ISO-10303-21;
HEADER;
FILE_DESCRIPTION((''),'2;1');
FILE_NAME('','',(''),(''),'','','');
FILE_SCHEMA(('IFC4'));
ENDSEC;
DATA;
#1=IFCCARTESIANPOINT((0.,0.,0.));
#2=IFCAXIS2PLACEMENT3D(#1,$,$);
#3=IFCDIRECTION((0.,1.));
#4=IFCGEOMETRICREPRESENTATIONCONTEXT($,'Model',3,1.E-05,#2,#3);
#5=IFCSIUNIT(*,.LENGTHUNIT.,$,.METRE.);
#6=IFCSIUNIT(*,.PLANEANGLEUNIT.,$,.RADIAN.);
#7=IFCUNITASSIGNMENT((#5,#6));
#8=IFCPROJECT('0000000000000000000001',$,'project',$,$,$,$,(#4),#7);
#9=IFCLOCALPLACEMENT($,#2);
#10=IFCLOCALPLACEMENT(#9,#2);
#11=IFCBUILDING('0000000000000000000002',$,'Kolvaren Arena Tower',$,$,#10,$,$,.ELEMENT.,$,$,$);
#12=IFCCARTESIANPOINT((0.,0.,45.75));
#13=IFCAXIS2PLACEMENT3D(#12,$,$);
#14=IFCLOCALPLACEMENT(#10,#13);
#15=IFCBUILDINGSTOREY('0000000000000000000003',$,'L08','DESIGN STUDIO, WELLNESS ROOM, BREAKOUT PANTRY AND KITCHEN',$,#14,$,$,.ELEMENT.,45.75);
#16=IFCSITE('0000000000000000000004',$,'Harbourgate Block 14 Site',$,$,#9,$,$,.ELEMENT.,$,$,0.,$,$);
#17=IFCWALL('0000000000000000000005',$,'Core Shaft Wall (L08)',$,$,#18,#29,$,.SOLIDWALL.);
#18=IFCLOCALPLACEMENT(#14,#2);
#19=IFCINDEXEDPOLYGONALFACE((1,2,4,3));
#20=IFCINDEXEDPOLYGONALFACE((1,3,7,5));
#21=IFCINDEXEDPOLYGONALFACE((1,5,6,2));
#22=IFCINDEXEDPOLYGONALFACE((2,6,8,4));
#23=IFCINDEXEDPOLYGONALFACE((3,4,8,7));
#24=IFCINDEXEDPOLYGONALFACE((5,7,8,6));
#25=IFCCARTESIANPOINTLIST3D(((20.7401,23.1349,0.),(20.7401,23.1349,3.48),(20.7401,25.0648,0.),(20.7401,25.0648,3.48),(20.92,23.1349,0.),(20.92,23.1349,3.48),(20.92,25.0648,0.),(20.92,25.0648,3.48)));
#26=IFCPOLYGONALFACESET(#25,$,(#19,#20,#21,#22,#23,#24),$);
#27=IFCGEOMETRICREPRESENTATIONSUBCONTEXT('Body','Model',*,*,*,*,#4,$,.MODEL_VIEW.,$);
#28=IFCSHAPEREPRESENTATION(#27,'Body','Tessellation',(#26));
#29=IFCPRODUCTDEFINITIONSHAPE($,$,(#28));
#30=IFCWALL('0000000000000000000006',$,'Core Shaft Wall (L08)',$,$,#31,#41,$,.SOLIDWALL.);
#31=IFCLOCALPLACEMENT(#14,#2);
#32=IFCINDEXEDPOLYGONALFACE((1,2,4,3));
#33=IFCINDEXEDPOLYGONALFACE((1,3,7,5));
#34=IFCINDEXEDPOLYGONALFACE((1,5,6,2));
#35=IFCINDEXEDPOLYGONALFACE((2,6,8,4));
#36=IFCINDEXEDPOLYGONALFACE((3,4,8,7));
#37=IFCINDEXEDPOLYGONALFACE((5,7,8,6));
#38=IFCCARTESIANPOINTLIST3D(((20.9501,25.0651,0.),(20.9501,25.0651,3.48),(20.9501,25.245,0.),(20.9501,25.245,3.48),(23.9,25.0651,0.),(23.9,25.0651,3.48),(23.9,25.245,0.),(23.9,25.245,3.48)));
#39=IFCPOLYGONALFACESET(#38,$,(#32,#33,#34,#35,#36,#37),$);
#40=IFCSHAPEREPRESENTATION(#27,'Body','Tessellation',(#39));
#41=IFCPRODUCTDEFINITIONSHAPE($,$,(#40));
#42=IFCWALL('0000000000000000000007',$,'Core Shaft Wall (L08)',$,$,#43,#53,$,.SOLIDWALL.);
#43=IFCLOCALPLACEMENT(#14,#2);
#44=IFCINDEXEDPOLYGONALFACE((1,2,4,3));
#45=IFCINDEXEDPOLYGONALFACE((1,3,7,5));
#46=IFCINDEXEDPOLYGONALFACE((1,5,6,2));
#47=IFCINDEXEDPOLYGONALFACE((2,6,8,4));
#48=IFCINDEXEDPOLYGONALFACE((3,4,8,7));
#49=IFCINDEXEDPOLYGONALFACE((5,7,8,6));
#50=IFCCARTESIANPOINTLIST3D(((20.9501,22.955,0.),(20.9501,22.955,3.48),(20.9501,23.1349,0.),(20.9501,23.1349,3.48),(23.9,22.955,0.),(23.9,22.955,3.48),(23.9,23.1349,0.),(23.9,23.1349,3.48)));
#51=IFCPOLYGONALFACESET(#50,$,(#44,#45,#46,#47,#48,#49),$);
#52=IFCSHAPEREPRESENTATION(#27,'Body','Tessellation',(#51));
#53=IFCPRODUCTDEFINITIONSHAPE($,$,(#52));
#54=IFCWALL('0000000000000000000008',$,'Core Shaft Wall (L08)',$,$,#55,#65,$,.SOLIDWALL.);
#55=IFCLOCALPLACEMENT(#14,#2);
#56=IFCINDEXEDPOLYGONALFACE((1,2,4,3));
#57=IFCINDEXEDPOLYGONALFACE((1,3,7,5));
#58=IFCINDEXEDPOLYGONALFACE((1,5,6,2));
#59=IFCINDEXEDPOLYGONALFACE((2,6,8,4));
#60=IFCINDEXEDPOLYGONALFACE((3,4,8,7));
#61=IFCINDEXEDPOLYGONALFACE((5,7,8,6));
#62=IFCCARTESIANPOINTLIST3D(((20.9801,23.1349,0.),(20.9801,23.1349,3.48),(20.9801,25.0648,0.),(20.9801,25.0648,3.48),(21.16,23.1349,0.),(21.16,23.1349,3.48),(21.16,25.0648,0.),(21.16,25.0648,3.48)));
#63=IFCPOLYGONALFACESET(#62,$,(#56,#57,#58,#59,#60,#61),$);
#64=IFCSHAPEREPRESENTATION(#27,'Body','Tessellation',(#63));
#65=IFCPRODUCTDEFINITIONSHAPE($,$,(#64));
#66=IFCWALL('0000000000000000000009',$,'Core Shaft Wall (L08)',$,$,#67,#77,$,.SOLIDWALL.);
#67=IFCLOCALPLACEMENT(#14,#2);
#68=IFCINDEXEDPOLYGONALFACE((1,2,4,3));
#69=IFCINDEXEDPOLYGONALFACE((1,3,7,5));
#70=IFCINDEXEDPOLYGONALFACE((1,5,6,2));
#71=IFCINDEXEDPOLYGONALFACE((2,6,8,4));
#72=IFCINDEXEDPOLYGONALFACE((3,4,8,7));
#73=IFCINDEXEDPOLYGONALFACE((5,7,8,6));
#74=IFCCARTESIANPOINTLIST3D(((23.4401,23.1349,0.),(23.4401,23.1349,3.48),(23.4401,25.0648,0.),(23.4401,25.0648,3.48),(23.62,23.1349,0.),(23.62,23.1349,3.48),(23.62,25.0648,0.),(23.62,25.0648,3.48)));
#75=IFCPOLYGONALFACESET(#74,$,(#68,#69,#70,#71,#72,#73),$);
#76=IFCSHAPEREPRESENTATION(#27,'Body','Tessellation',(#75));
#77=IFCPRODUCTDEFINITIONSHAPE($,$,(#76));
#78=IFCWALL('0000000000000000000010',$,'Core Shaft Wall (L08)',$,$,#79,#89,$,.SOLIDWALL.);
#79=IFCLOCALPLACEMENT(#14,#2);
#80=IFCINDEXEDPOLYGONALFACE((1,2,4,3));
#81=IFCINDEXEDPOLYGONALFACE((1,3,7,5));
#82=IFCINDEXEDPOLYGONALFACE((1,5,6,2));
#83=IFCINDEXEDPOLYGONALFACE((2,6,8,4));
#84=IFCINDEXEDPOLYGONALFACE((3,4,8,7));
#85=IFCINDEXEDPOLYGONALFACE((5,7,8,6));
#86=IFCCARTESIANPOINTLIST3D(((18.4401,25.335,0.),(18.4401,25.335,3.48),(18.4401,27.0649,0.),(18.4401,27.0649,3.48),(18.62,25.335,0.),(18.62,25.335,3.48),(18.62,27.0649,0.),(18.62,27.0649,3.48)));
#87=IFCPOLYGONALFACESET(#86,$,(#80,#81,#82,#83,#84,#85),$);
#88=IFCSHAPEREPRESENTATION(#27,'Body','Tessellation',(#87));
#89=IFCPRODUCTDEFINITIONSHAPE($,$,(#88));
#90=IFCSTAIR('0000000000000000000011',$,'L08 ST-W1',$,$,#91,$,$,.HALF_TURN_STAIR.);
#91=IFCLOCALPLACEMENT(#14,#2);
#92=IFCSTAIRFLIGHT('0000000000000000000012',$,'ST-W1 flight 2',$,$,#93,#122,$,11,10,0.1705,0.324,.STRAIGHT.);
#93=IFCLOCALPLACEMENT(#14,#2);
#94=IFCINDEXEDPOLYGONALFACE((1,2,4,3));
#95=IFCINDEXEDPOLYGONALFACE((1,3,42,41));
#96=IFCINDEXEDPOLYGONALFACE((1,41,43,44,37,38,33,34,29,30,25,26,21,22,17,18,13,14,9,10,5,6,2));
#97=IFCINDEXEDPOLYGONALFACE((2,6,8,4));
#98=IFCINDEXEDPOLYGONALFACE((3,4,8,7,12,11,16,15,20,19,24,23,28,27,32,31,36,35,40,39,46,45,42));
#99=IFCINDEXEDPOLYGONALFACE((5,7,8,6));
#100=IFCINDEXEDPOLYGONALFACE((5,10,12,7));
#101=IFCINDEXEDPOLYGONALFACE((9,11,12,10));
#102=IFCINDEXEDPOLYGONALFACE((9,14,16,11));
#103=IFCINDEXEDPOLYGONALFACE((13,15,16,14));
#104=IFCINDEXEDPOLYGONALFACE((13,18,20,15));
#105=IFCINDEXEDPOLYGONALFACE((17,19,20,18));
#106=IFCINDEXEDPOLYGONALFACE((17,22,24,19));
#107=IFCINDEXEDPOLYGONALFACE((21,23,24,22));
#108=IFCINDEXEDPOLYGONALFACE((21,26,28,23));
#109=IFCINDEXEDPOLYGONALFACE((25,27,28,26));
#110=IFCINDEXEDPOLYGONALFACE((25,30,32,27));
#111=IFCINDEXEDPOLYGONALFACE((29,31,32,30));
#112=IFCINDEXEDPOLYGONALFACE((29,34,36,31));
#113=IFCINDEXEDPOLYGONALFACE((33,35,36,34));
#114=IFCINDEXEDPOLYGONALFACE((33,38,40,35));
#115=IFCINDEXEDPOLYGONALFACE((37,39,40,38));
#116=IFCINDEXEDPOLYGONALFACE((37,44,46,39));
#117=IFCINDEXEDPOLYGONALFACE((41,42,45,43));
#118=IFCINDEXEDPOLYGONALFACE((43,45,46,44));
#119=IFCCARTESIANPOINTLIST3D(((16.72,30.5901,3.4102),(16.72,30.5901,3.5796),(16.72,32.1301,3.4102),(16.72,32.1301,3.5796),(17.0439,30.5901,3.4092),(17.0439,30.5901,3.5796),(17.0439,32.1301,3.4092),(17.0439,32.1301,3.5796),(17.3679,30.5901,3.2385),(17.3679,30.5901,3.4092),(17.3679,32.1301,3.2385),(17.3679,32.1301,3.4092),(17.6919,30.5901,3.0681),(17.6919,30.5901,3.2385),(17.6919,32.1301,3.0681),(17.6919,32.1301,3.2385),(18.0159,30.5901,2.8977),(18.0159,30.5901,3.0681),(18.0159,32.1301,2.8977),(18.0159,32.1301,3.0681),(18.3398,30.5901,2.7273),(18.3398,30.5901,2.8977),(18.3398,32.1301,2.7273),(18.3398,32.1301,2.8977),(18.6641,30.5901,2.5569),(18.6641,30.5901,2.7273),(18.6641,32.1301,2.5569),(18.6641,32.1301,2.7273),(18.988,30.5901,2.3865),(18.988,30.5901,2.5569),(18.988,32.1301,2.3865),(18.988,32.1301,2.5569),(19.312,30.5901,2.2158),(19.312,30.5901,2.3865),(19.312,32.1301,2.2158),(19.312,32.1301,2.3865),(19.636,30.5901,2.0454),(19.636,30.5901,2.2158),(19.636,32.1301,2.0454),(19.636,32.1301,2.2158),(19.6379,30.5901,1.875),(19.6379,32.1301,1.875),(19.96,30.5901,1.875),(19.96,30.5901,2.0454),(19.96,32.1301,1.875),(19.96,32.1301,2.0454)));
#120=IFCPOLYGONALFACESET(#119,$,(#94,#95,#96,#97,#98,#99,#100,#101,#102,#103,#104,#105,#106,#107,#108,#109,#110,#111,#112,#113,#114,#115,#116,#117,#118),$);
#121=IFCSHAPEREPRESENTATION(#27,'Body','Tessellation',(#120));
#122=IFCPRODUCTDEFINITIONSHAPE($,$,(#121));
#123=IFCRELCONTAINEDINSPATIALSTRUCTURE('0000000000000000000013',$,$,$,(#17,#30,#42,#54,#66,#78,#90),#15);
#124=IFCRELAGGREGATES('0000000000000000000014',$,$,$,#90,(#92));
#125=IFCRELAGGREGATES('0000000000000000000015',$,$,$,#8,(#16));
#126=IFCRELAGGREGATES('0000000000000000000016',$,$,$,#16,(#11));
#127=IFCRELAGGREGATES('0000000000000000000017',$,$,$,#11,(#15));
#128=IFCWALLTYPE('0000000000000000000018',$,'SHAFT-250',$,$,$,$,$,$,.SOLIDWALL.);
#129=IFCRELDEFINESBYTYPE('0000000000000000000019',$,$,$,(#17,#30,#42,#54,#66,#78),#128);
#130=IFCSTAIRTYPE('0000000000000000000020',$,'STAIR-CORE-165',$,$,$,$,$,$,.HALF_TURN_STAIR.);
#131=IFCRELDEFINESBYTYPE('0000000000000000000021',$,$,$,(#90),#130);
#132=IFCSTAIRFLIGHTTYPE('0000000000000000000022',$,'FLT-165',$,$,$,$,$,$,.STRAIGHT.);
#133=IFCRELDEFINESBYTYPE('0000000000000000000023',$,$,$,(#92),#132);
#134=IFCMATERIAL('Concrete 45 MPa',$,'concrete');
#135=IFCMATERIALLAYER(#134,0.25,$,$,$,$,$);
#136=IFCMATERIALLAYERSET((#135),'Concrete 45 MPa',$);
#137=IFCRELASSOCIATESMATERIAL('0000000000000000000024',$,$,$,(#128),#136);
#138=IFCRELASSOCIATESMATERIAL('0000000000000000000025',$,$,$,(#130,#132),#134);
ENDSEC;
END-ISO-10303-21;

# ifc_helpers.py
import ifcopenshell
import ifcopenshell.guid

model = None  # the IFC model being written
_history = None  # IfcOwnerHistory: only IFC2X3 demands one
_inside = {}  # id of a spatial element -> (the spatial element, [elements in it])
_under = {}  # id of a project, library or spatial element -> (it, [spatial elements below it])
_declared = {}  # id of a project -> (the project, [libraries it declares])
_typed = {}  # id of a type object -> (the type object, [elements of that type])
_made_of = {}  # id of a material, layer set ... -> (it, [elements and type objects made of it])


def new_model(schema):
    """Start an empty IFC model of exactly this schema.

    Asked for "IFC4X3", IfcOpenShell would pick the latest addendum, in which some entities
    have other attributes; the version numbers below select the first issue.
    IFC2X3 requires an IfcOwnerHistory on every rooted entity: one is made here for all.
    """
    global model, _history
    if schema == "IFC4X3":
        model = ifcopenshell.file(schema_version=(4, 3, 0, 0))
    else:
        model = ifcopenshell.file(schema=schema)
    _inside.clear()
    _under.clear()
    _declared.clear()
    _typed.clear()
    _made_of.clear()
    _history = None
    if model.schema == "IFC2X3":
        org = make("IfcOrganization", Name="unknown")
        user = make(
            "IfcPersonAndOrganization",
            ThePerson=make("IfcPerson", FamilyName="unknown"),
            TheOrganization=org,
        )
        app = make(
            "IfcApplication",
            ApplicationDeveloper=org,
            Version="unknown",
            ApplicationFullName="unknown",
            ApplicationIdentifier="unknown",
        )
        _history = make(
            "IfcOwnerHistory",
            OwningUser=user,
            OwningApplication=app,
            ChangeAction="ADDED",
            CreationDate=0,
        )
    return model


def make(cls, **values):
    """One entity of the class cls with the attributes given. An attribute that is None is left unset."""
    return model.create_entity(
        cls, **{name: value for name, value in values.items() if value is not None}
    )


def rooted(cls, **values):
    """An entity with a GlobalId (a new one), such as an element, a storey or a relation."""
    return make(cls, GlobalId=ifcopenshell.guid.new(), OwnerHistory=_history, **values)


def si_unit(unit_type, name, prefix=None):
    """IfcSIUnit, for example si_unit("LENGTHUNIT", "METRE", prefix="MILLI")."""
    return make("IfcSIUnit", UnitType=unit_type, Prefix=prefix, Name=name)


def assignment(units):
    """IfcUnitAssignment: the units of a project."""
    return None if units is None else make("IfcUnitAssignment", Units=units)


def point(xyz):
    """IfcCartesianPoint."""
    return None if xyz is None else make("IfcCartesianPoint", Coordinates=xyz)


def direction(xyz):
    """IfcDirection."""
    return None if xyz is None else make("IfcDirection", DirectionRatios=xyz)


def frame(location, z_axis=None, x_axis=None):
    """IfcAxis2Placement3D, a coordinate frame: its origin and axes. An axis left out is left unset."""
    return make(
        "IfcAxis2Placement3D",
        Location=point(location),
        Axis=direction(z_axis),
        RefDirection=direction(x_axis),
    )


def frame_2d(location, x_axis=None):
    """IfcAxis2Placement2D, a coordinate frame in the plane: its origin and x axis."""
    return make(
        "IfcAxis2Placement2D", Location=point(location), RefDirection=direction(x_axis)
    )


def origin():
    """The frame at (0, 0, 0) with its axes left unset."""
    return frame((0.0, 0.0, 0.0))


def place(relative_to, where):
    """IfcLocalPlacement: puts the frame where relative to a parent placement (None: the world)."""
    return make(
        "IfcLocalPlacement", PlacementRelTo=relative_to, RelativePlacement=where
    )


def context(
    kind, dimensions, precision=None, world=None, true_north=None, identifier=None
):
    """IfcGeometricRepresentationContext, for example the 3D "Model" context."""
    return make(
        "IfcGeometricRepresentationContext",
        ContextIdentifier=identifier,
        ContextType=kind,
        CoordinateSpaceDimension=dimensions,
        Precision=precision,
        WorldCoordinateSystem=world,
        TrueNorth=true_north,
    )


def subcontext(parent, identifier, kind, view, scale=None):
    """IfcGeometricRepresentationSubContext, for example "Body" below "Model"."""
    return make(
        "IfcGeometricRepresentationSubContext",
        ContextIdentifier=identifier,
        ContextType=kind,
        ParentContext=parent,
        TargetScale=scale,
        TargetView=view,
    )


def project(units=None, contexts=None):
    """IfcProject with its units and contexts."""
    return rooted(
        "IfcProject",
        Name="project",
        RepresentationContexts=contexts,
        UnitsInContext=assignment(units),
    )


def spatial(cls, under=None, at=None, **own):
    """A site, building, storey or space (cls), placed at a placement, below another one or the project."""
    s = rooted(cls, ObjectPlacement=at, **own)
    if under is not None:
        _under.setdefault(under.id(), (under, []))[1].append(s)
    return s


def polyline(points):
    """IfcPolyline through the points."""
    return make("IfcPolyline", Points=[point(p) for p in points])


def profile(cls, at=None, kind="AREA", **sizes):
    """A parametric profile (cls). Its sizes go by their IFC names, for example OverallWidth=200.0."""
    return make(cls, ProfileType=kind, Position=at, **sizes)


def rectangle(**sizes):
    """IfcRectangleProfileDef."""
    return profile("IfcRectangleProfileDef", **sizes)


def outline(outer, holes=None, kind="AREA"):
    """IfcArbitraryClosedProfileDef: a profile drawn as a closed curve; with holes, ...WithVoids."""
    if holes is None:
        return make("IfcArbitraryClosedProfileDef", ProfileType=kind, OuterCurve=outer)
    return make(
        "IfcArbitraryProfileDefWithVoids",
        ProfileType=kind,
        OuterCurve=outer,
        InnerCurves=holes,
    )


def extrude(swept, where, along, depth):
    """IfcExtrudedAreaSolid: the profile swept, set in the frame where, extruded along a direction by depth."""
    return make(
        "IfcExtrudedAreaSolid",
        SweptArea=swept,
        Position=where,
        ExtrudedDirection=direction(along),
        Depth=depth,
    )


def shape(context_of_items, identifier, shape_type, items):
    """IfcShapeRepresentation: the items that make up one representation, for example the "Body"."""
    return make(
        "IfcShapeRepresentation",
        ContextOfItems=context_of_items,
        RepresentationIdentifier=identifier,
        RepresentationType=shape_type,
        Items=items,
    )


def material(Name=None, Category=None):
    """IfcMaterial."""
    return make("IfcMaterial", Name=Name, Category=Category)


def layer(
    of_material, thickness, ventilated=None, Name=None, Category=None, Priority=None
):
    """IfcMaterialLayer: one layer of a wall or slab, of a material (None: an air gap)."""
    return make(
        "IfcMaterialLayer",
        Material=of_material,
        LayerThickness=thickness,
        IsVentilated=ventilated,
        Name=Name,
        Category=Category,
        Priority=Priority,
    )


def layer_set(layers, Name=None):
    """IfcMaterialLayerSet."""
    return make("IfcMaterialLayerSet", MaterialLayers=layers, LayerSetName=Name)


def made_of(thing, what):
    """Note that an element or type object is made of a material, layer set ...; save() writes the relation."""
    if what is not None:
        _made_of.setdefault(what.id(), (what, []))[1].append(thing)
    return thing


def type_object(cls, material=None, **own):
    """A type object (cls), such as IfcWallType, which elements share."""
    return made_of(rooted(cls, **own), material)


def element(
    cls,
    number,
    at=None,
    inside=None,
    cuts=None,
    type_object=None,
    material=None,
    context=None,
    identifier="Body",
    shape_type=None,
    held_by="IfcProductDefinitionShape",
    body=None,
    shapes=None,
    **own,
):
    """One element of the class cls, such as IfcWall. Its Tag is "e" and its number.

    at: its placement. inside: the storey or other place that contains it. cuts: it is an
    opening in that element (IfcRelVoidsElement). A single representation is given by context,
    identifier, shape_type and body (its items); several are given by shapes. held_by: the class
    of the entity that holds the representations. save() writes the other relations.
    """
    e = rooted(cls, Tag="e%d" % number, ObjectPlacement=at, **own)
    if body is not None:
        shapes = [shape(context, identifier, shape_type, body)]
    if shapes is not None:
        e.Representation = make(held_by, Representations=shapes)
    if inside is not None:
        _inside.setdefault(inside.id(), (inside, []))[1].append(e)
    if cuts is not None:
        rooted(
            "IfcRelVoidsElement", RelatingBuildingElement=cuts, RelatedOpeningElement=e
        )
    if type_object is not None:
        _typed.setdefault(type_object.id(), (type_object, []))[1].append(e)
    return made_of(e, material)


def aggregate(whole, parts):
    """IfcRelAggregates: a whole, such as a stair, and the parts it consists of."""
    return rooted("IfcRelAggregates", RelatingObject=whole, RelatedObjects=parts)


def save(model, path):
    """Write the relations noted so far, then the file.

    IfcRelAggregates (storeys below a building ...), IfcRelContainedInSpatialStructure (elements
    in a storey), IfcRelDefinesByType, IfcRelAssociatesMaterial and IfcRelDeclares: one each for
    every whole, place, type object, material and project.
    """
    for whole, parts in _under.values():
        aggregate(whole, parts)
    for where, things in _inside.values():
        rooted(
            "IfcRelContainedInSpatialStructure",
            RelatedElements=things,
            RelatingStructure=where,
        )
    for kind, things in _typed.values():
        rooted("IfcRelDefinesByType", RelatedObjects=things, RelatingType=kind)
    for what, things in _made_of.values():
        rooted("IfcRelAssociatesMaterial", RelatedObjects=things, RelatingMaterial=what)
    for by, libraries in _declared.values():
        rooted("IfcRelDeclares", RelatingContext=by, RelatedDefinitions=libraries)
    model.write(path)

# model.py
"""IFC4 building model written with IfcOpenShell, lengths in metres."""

from ifc_helpers import new_model, si_unit, direction, frame, frame_2d, origin, place, context, subcontext, project, spatial, polyline, rectangle, outline, extrude, material, layer, layer_set, type_object, element, aggregate, save


model = new_model("IFC4")

# Units and contexts
model_context = context("Model", 3, precision=1e-05, world=origin(), true_north=direction((0.0, 1.0)))
body_context = subcontext(model_context, "Body", "Model", "MODEL_VIEW")
ifc_project = project(units=[si_unit("LENGTHUNIT", "METRE"), si_unit("PLANEANGLEUNIT", "RADIAN")], contexts=[model_context])

# Site, building, storey
site_placement = place(None, origin())
site = spatial("IfcSite", under=ifc_project, at=site_placement, Name="Harbourgate Block 14 Site", CompositionType="ELEMENT", RefElevation=0.0)
building_placement = place(site_placement, origin())
building = spatial("IfcBuilding", under=site, at=building_placement, Name="Kolvaren Arena Tower", CompositionType="ELEMENT")
storey_placement = place(building_placement, frame((0.0, 0.0, 45.75)))
storey = spatial("IfcBuildingStorey", under=building, at=storey_placement, Name="L08", Description="DESIGN STUDIO, WELLNESS ROOM, BREAKOUT PANTRY AND KITCHEN", CompositionType="ELEMENT", Elevation=45.75)

# Shared definitions
ifc_material_1 = material(Name="Concrete 45 MPa", Category="concrete")
ifc_layer = layer(ifc_material_1, 0.25)
ifc_layer_set = layer_set([ifc_layer], Name="Concrete 45 MPa")
wall_type = type_object("IfcWallType", Name="SHAFT-250", PredefinedType="SOLIDWALL", material=ifc_layer_set)

# Walls
for number, where, z_axis, x_axis, name in (
    (1, (20.8301, 23.135, 0.0), (0.0, 0.0, 1.0), (0.0, 1.0, 0.0), "Core Shaft Wall (L08)"),
):
    element("IfcWall", number, at=place(storey_placement, frame(where, z_axis=z_axis, x_axis=x_axis)), inside=storey, type_object=wall_type, Name=name, PredefinedType="SOLIDWALL", context=body_context, shape_type="SweptSolid", body=[
        extrude(rectangle(XDim=1.9299, YDim=0.1799, at=frame_2d((0.9648, 0.0))), origin(), (0.0, 0.0, 1.0), 3.48),
    ])
for number, where, z_axis, x_axis, name in (
    (2, (20.95, 25.155, 0.0), (0.0, 0.0, 1.0), (1.0, 0.0, 0.0), "Core Shaft Wall (L08)"),
    (3, (20.95, 23.0449, 0.0), (0.0, 0.0, 1.0), (1.0, 0.0, 0.0), "Core Shaft Wall (L08)"),
):
    element("IfcWall", number, at=place(storey_placement, frame(where, z_axis=z_axis, x_axis=x_axis)), inside=storey, type_object=wall_type, Name=name, PredefinedType="SOLIDWALL", context=body_context, shape_type="SweptSolid", body=[
        extrude(rectangle(XDim=2.95, YDim=0.1799, at=frame_2d((1.4751, 0.0))), origin(), (0.0, 0.0, 1.0), 3.48),
    ])
for number, where, z_axis, x_axis, name in (
    (4, (21.0701, 23.135, 0.0), (0.0, 0.0, 1.0), (0.0, 1.0, 0.0), "Core Shaft Wall (L08)"),
    (5, (23.53, 23.135, 0.0), (0.0, 0.0, 1.0), (0.0, 1.0, 0.0), "Core Shaft Wall (L08)"),
):
    element("IfcWall", number, at=place(storey_placement, frame(where, z_axis=z_axis, x_axis=x_axis)), inside=storey, type_object=wall_type, Name=name, PredefinedType="SOLIDWALL", context=body_context, shape_type="SweptSolid", body=[
        extrude(rectangle(XDim=1.9299, YDim=0.1799, at=frame_2d((0.9648, 0.0))), origin(), (0.0, 0.0, 1.0), 3.48),
    ])
wall_1_placement = place(storey_placement, frame((18.53, 25.335, 0.0), z_axis=(0.0, 0.0, 1.0), x_axis=(0.0, 1.0, 0.0)))
element("IfcWall", 6, at=wall_1_placement, inside=storey, type_object=wall_type, Name="Core Shaft Wall (L08)", PredefinedType="SOLIDWALL", context=body_context, shape_type="SweptSolid", body=[
    extrude(rectangle(XDim=1.73, YDim=0.1799, at=frame_2d((0.865, 0.0))), origin(), (0.0, 0.0, 1.0), 3.48),
])

# Stair, stair flight
stair_type = type_object("IfcStairType", Name="STAIR-CORE-165", PredefinedType="HALF_TURN_STAIR", material=ifc_material_1)
stair_placement = place(storey_placement, origin())
stair = element("IfcStair", 7, at=stair_placement, inside=storey, type_object=stair_type, Name="L08 ST-W1", PredefinedType="HALF_TURN_STAIR")
stair_flight_type = type_object("IfcStairFlightType", Name="FLT-165", PredefinedType="STRAIGHT", material=ifc_material_1)
stair_flight_placement = place(storey_placement, frame((19.96, 31.3601, 1.875), z_axis=(0.0, 0.0, 1.0), x_axis=(-1.0, 0.0, 0.0)))
stair_flight = element("IfcStairFlight", 8, at=stair_flight_placement, type_object=stair_flight_type, Name="ST-W1 flight 2", NumberOfRisers=11, NumberOfTreads=10, PredefinedType="STRAIGHT", RiserHeight=0.1705, TreadLength=0.324, context=body_context, shape_type="SweptSolid", body=[
    extrude(outline(polyline([(0.0, 0.0), (0.0, 0.1704), (0.324, 0.1704), (0.324, 0.3408), (0.6479, 0.3408), (0.6479, 0.5115), (0.9719, 0.5115), (0.9719, 0.6819), (1.2959, 0.6819), (1.2959, 0.8523), (1.6201, 0.8523), (1.6201, 1.0227), (1.9441, 1.0227), (1.9441, 1.1931), (2.2681, 1.1931), (2.2681, 1.3635), (2.592, 1.3635), (2.592, 1.5342), (2.916, 1.5342), (2.916, 1.7046), (3.24, 1.7046), (3.24, 1.875), (3.24, 1.5352), (0.322, 0.0), (0.0, 0.0)])), frame((0.0, 0.77, 0.0), z_axis=(0.0, -1.0, 0.0), x_axis=(1.0, 0.0, 0.0)), (0.0, 0.0, 1.0), 1.54),
])
aggregate(stair, [stair_flight])

save(model, "model.ifc")
